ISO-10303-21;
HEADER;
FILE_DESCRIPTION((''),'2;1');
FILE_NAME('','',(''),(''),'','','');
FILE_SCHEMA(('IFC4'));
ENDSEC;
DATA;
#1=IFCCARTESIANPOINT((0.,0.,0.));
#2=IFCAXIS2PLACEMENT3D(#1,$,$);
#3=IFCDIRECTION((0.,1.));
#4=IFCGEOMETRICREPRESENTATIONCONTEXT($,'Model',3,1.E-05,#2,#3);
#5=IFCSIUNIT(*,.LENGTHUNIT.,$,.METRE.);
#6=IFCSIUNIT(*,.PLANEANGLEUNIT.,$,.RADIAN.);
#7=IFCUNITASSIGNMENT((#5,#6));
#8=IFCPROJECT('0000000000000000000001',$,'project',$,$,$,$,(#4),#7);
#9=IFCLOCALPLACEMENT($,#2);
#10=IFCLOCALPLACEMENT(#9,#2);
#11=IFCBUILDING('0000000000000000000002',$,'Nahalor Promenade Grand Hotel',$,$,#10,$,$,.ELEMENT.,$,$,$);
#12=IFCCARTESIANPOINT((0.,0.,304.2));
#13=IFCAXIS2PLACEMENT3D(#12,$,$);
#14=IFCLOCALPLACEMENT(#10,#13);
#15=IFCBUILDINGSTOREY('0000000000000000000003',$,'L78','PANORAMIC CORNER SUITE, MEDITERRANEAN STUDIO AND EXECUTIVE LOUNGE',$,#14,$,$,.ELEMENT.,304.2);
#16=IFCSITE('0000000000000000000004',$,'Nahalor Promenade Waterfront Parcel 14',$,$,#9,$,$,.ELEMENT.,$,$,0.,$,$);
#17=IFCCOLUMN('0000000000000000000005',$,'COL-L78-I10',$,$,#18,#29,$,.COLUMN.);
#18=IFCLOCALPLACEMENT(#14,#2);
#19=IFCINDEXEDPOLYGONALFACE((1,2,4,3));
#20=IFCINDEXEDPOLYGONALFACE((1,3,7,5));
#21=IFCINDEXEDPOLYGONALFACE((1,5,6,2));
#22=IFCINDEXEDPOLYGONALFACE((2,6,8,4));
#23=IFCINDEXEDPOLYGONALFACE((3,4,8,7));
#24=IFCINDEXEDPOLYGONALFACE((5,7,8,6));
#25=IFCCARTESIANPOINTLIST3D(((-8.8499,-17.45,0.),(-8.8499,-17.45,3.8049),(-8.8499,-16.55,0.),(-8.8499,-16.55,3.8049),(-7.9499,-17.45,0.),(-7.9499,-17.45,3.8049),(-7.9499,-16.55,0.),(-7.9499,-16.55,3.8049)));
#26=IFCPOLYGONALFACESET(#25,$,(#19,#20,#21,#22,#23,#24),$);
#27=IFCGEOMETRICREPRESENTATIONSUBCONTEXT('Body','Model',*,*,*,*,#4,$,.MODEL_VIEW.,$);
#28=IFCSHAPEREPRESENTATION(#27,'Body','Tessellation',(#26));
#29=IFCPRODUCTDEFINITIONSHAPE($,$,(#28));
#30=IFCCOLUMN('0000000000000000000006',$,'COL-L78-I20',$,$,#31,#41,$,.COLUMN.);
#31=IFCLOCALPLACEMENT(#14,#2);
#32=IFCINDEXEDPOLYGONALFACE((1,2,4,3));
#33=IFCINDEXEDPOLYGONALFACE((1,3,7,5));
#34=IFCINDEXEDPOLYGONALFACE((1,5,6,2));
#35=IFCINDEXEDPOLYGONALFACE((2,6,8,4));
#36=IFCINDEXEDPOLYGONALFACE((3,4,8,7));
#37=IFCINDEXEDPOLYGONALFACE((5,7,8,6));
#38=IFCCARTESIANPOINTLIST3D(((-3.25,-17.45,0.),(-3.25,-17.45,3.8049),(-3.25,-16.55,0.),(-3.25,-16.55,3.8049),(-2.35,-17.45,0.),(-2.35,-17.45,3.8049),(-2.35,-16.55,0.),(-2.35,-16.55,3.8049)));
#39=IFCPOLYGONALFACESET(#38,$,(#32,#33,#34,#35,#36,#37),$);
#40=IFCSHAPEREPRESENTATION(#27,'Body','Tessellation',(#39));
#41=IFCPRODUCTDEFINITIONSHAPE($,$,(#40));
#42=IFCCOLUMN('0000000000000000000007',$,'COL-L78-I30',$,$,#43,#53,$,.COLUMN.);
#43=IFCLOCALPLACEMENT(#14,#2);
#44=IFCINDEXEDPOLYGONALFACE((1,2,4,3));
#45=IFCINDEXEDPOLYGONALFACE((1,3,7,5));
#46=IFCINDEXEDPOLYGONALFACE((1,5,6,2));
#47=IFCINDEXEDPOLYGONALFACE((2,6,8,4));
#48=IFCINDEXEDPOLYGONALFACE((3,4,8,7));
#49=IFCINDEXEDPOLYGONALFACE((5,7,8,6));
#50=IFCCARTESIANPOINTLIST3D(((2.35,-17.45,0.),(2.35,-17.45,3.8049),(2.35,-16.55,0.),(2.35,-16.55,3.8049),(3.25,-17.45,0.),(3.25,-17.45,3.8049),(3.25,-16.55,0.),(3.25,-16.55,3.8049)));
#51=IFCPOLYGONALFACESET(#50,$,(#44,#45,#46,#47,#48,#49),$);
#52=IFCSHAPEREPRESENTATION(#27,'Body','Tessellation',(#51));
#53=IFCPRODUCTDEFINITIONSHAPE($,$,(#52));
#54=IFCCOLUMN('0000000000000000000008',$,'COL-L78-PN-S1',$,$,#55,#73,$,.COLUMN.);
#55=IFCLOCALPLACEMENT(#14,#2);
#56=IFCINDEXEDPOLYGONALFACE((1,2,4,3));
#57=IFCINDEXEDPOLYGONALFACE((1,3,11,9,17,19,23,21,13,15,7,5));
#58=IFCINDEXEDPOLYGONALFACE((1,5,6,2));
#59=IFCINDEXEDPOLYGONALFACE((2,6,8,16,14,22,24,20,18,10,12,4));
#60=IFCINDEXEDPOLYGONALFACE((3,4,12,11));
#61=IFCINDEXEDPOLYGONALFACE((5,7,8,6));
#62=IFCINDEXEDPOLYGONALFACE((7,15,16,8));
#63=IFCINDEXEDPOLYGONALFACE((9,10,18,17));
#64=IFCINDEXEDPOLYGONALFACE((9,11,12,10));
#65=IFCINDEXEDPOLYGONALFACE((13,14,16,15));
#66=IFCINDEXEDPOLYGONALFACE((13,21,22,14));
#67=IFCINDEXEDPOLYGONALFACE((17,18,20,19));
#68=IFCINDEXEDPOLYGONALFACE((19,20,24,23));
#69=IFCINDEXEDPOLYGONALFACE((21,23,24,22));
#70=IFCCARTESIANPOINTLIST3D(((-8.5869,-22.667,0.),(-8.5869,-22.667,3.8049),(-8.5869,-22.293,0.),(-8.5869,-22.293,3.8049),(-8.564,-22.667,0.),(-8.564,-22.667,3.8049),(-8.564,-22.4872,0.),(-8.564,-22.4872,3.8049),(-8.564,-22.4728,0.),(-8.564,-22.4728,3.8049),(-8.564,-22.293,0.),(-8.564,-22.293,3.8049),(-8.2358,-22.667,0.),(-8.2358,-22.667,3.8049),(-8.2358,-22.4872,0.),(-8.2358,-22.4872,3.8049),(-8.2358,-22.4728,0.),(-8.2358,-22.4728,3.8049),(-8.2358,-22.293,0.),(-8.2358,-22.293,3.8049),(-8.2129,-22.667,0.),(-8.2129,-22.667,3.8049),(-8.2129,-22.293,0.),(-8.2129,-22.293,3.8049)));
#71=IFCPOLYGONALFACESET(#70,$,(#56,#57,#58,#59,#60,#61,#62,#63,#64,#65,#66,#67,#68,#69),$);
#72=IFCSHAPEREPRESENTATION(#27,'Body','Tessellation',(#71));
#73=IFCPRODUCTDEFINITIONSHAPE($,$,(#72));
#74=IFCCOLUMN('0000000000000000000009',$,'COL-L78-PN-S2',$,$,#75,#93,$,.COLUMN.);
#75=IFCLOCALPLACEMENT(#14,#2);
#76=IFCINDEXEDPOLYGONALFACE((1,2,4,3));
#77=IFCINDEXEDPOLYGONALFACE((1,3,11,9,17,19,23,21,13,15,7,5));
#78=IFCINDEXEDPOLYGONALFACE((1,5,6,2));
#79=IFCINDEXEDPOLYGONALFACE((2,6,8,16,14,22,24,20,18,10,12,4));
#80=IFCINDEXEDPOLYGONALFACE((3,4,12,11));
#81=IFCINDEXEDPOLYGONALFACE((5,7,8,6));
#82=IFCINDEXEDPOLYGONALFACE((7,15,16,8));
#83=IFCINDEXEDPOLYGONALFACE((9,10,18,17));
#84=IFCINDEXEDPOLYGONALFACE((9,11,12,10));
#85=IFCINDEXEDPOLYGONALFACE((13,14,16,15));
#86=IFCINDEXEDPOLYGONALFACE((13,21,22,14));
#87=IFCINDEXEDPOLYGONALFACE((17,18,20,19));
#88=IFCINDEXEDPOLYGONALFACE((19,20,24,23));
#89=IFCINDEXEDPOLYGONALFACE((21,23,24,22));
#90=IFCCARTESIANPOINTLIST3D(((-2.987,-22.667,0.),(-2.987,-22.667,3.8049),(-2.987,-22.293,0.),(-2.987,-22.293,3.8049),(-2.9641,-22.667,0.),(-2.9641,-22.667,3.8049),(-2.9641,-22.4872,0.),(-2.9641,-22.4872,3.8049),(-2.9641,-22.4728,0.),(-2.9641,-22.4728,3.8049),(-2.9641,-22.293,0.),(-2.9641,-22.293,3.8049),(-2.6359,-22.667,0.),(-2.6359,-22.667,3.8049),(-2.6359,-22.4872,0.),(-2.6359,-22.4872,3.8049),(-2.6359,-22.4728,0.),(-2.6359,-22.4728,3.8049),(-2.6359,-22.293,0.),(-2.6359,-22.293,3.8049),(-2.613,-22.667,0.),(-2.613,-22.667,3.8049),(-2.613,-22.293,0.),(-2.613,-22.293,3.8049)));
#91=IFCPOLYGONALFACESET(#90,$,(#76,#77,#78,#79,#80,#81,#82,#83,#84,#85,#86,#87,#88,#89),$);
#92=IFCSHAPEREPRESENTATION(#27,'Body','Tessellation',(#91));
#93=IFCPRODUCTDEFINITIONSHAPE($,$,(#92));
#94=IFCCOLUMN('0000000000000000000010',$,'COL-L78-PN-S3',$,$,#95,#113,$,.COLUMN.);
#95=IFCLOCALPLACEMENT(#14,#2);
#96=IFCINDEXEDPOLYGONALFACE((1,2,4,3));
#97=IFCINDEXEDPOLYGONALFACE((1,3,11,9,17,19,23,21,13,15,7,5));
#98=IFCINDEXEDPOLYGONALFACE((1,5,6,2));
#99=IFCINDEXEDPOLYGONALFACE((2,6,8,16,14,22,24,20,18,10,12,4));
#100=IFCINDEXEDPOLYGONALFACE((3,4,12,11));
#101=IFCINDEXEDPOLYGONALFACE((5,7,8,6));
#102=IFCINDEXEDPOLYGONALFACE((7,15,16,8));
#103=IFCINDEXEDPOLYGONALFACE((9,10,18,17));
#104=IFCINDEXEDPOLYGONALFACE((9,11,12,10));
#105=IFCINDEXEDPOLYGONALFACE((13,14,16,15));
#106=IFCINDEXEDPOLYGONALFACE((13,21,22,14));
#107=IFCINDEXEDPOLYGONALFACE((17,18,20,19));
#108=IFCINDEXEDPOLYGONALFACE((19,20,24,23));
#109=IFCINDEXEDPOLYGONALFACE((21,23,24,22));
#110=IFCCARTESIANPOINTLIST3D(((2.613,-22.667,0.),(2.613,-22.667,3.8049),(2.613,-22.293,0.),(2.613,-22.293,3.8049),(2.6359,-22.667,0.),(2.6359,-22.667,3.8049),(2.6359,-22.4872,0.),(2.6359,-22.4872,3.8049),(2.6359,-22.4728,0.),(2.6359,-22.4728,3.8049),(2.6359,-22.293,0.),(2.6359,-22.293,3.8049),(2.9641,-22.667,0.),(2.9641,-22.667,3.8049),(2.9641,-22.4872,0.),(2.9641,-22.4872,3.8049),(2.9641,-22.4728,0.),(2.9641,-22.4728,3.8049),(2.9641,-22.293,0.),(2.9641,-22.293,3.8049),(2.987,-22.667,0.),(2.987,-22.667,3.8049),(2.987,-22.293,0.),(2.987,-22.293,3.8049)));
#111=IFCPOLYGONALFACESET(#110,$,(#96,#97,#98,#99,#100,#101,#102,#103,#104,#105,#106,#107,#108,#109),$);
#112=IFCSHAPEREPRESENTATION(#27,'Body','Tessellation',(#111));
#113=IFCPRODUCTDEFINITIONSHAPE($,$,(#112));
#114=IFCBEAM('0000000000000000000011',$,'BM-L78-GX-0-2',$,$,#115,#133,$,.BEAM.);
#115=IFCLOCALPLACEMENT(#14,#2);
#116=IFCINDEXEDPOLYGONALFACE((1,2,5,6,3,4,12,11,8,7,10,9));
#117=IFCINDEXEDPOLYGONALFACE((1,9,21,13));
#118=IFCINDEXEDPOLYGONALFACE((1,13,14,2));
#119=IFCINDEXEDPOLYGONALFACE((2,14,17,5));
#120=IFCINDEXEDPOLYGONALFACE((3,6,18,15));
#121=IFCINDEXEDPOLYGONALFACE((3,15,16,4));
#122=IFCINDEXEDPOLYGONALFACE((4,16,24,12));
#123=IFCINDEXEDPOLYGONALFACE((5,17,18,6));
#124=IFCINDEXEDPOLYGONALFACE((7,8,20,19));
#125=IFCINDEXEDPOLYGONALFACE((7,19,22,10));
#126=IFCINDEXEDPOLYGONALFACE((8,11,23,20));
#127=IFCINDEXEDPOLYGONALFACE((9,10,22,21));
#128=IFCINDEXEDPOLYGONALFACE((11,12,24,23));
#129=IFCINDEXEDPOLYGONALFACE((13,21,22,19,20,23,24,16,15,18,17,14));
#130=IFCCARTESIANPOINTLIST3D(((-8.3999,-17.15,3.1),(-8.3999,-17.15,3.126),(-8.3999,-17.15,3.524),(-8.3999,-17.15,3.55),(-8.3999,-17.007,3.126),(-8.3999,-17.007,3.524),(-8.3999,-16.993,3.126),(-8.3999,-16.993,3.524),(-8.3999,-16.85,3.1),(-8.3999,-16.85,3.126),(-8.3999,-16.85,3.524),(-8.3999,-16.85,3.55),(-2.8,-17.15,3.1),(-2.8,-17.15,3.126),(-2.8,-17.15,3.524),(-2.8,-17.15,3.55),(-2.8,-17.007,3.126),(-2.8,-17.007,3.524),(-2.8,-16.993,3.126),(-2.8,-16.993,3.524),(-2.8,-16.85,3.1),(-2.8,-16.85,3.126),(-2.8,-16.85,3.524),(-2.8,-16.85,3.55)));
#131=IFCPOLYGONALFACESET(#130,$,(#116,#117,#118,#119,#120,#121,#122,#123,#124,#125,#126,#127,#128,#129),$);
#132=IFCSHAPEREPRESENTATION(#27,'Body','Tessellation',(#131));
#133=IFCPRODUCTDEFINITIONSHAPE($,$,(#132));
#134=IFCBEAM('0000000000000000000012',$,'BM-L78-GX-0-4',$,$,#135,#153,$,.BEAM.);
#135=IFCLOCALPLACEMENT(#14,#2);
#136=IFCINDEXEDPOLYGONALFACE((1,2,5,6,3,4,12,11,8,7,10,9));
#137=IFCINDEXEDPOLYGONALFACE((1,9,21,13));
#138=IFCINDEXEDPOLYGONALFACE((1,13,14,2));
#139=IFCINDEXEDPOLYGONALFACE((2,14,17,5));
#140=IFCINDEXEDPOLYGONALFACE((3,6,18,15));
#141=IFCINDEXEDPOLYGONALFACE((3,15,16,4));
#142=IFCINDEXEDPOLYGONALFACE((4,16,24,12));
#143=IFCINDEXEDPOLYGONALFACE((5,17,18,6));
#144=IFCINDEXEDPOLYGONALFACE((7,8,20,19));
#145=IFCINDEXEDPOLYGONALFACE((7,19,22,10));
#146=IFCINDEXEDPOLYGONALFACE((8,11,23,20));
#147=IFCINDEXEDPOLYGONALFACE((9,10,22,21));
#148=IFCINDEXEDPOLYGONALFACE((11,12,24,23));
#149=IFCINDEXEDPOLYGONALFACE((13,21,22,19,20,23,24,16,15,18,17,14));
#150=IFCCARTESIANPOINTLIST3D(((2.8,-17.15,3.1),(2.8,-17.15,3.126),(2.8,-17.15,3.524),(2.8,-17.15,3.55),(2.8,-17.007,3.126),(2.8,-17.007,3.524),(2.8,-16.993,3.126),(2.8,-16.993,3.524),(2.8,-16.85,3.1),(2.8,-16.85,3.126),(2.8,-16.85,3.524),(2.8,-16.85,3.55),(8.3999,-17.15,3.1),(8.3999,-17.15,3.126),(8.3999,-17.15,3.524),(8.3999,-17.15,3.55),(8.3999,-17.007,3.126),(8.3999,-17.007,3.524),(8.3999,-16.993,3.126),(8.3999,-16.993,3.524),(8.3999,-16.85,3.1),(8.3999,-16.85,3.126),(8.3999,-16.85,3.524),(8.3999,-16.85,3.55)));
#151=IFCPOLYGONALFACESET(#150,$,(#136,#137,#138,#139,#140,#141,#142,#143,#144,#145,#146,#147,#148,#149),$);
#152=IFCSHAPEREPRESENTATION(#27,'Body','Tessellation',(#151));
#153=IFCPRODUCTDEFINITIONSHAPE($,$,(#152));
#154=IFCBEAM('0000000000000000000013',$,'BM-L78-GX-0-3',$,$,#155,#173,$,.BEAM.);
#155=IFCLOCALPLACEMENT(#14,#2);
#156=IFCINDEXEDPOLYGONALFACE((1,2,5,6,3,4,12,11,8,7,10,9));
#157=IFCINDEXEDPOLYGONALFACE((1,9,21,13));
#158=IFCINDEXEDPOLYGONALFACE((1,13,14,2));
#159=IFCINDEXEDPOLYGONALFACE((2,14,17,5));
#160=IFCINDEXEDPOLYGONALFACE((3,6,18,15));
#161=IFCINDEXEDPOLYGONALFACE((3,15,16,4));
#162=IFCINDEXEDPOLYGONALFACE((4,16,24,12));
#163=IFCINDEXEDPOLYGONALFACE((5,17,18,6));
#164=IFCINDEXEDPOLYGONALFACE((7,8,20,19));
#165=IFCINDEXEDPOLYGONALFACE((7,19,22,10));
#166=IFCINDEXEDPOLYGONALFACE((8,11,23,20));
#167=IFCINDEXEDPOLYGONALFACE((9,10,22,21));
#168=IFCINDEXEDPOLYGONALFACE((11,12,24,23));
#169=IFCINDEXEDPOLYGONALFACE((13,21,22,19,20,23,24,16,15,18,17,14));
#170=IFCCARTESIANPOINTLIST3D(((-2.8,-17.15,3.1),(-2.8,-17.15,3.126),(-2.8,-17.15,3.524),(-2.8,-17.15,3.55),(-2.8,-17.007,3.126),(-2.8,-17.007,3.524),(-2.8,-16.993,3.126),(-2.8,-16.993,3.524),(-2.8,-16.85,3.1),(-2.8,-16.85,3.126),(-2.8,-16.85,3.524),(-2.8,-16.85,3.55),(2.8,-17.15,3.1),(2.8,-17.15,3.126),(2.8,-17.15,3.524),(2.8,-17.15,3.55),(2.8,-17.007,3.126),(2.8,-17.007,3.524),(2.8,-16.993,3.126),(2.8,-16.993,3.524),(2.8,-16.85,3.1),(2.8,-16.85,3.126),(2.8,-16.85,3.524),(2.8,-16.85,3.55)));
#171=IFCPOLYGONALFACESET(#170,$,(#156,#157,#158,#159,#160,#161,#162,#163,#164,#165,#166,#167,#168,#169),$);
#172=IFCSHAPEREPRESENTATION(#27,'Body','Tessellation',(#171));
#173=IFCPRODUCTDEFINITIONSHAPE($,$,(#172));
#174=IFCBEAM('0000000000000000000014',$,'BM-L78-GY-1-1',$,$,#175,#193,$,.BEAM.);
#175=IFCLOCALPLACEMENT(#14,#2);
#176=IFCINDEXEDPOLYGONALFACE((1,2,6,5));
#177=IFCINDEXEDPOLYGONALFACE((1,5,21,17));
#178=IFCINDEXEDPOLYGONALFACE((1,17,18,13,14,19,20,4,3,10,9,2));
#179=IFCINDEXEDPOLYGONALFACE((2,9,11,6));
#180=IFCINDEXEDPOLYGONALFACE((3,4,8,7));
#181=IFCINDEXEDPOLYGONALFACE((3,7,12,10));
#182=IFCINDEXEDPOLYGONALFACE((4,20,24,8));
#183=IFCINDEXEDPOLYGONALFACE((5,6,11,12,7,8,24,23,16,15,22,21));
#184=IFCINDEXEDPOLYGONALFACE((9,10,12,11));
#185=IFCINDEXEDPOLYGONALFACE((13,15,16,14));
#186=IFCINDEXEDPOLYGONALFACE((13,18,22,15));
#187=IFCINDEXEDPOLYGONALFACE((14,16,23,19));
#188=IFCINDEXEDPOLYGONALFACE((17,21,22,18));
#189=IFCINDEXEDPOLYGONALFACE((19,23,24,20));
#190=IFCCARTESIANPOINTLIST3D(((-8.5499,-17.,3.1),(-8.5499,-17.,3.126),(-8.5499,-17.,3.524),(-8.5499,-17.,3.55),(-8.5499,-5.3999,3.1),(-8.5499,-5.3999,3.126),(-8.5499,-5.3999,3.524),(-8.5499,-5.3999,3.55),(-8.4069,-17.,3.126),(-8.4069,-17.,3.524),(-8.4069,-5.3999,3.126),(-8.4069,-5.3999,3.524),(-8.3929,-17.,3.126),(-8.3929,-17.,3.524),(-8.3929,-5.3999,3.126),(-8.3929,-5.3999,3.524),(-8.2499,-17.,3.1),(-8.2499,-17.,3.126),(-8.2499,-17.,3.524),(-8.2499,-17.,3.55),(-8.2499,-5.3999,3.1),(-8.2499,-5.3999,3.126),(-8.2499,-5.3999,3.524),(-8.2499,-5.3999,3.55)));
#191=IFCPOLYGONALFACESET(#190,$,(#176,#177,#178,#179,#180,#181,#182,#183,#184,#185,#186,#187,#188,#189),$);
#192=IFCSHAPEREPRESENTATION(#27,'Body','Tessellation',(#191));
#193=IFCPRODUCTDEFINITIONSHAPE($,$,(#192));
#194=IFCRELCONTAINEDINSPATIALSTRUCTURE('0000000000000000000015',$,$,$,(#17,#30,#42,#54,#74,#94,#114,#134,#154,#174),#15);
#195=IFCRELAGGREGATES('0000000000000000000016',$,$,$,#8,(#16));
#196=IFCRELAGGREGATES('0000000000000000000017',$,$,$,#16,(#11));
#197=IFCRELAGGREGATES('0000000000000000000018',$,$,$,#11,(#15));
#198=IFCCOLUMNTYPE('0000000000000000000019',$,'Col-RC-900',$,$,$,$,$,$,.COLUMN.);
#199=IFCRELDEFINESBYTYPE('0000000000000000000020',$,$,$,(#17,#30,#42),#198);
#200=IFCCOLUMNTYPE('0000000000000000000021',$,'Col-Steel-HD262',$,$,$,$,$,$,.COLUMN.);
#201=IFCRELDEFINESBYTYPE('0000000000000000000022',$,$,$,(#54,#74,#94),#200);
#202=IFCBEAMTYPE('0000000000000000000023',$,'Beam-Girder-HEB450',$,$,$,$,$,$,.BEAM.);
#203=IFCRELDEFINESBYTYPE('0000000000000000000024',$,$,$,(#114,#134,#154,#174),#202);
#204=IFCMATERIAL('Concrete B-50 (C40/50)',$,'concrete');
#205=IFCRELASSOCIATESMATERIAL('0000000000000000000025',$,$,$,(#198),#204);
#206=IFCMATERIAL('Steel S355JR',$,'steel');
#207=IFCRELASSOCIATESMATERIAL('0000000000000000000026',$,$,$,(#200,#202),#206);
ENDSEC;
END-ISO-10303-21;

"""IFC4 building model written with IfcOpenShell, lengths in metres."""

from ifc_helpers import new_model, si_unit, direction, frame, origin, origin_2d, place, context, subcontext, project, spatial, rectangle, i_section, extrude, source, transform, mapped, material, material_profile, profile_set, type_object, element, save


model = new_model("IFC4")

# Units and contexts
model_context = context("Model", 3, precision=1e-05, world=origin(), true_north=direction((0.0, 1.0)))
body_context = subcontext(model_context, "Body", "Model", "MODEL_VIEW")
ifc_project = project(units=[si_unit("LENGTHUNIT", "METRE"), si_unit("PLANEANGLEUNIT", "RADIAN")], contexts=[model_context])

# Site, building, storey
site_placement = place(None, origin())
site = spatial("IfcSite", under=ifc_project, at=site_placement, Name="Nahalor Promenade Waterfront Parcel 14", CompositionType="ELEMENT", RefElevation=0.0)
building_placement = place(site_placement, origin())
building = spatial("IfcBuilding", under=site, at=building_placement, Name="Nahalor Promenade Grand Hotel", CompositionType="ELEMENT")
storey_placement = place(building_placement, frame((0.0, 0.0, 304.2)))
storey = spatial("IfcBuildingStorey", under=building, at=storey_placement, Name="L78", Description="PANORAMIC CORNER SUITE, MEDITERRANEAN STUDIO AND EXECUTIVE LOUNGE", CompositionType="ELEMENT", Elevation=304.2)

# Columns
ifc_material_1 = material(Name="Concrete B-50 (C40/50)", Category="concrete")
ifc_material_profile_1 = material_profile(ifc_material_1, rectangle(XDim=0.9, YDim=0.9, at=origin_2d()), Name="RC 900x900")
ifc_profile_set_1 = profile_set([ifc_material_profile_1], Name="Concrete B-50 (C40/50)")
column_type_1 = type_object("IfcColumnType", Name="Col-RC-900", PredefinedType="COLUMN", material=ifc_profile_set_1)
shared_shape_1 = source(origin(), body_context, "Body", "SweptSolid", [
    extrude(rectangle(XDim=0.9, YDim=0.9, at=origin_2d()), origin(), (0.0, 0.0, 1.0), 3.8049),
])
for number, where, z_axis, x_axis, name in (
    (1, (-8.3999, -17.0, 0.0), (0.0, 0.0, 1.0), (1.0, 0.0, 0.0), "COL-L78-I10"),
    (2, (-2.8, -17.0, 0.0), (0.0, 0.0, 1.0), (1.0, 0.0, 0.0), "COL-L78-I20"),
    (3, (2.8, -17.0, 0.0), (0.0, 0.0, 1.0), (1.0, 0.0, 0.0), "COL-L78-I30"),
):
    element("IfcColumn", number, at=place(storey_placement, frame(where, z_axis=z_axis, x_axis=x_axis)), inside=storey, type_object=column_type_1, Name=name, PredefinedType="COLUMN", context=body_context, shape_type="MappedRepresentation", body=[
        mapped(shared_shape_1, transform((0.0, 0.0, 0.0), scale=1.0)),
    ])
ifc_material_2 = material(Name="Steel S355JR", Category="steel")
ifc_material_profile_2 = material_profile(ifc_material_2, i_section(OverallWidth=0.374, OverallDepth=0.374, WebThickness=0.0144, FlangeThickness=0.0229, at=origin_2d()), Name="HD 360x262")
ifc_profile_set_2 = profile_set([ifc_material_profile_2], Name="Steel S355JR")
column_type_2 = type_object("IfcColumnType", Name="Col-Steel-HD262", PredefinedType="COLUMN", material=ifc_profile_set_2)
shared_shape_2 = source(origin(), body_context, "Body", "SweptSolid", [
    extrude(i_section(OverallWidth=0.374, OverallDepth=0.374, WebThickness=0.0144, FlangeThickness=0.0229, at=origin_2d()), origin(), (0.0, 0.0, 1.0), 3.8049),
])
for number, where, z_axis, x_axis, name in (
    (4, (-8.3999, -22.48, 0.0), (0.0, 0.0, 1.0), (0.0, 1.0, 0.0), "COL-L78-PN-S1"),
    (5, (-2.8, -22.48, 0.0), (0.0, 0.0, 1.0), (0.0, 1.0, 0.0), "COL-L78-PN-S2"),
    (6, (2.8, -22.48, 0.0), (0.0, 0.0, 1.0), (0.0, 1.0, 0.0), "COL-L78-PN-S3"),
):
    element("IfcColumn", number, at=place(storey_placement, frame(where, z_axis=z_axis, x_axis=x_axis)), inside=storey, type_object=column_type_2, Name=name, PredefinedType="COLUMN", context=body_context, shape_type="MappedRepresentation", body=[
        mapped(shared_shape_2, transform((0.0, 0.0, 0.0), scale=1.0)),
    ])

# Beams
ifc_material_profile_3 = material_profile(ifc_material_2, i_section(OverallWidth=0.3, OverallDepth=0.45, WebThickness=0.014, FlangeThickness=0.026, at=origin_2d()), Name="HEB 450")
ifc_profile_set_3 = profile_set([ifc_material_profile_3], Name="Steel S355JR")
beam_type_1 = type_object("IfcBeamType", Name="Beam-Girder-HEB450", PredefinedType="BEAM", material=ifc_profile_set_3)
shared_shape_3 = source(origin(), body_context, "Body", "SweptSolid", [
    extrude(i_section(OverallWidth=0.3, OverallDepth=0.45, WebThickness=0.014, FlangeThickness=0.026, at=origin_2d()), origin(), (0.0, 0.0, 1.0), 5.5999),
])
for number, where, z_axis, x_axis, name in (
    (7, (-8.3999, -17.0, 3.325), (1.0, 0.0, 0.0), (0.0, 1.0, 0.0), "BM-L78-GX-0-2"),
    (8, (2.8, -17.0, 3.325), (1.0, 0.0, 0.0), (0.0, 1.0, 0.0), "BM-L78-GX-0-4"),
):
    element("IfcBeam", number, at=place(storey_placement, frame(where, z_axis=z_axis, x_axis=x_axis)), inside=storey, type_object=beam_type_1, Name=name, PredefinedType="BEAM", context=body_context, shape_type="MappedRepresentation", body=[
        mapped(shared_shape_3, transform((0.0, 0.0, 0.0), scale=1.0)),
    ])
shared_shape_4 = source(origin(), body_context, "Body", "SweptSolid", [
    extrude(i_section(OverallWidth=0.3, OverallDepth=0.45, WebThickness=0.014, FlangeThickness=0.026, at=origin_2d()), origin(), (0.0, 0.0, 1.0), 5.6001),
])
beam_1_placement = place(storey_placement, frame((-2.8, -17.0, 3.325), z_axis=(1.0, 0.0, 0.0), x_axis=(0.0, 1.0, 0.0)))
element("IfcBeam", 9, at=beam_1_placement, inside=storey, type_object=beam_type_1, Name="BM-L78-GX-0-3", PredefinedType="BEAM", context=body_context, shape_type="MappedRepresentation", body=[
    mapped(shared_shape_4, transform((0.0, 0.0, 0.0), scale=1.0)),
])
shared_shape_5 = source(origin(), body_context, "Body", "SweptSolid", [
    extrude(i_section(OverallWidth=0.3, OverallDepth=0.45, WebThickness=0.014, FlangeThickness=0.026, at=origin_2d()), origin(), (0.0, 0.0, 1.0), 11.6001),
])
for number, where, z_axis, x_axis, name in (
    (10, (-8.3999, -17.0, 3.325), (0.0, 1.0, 0.0), (-1.0, 0.0, 0.0), "BM-L78-GY-1-1"),
):
    element("IfcBeam", number, at=place(storey_placement, frame(where, z_axis=z_axis, x_axis=x_axis)), inside=storey, type_object=beam_type_1, Name=name, PredefinedType="BEAM", context=body_context, shape_type="MappedRepresentation", body=[
        mapped(shared_shape_5, transform((0.0, 0.0, 0.0), scale=1.0)),
    ])

save(model, "model.ifc")
